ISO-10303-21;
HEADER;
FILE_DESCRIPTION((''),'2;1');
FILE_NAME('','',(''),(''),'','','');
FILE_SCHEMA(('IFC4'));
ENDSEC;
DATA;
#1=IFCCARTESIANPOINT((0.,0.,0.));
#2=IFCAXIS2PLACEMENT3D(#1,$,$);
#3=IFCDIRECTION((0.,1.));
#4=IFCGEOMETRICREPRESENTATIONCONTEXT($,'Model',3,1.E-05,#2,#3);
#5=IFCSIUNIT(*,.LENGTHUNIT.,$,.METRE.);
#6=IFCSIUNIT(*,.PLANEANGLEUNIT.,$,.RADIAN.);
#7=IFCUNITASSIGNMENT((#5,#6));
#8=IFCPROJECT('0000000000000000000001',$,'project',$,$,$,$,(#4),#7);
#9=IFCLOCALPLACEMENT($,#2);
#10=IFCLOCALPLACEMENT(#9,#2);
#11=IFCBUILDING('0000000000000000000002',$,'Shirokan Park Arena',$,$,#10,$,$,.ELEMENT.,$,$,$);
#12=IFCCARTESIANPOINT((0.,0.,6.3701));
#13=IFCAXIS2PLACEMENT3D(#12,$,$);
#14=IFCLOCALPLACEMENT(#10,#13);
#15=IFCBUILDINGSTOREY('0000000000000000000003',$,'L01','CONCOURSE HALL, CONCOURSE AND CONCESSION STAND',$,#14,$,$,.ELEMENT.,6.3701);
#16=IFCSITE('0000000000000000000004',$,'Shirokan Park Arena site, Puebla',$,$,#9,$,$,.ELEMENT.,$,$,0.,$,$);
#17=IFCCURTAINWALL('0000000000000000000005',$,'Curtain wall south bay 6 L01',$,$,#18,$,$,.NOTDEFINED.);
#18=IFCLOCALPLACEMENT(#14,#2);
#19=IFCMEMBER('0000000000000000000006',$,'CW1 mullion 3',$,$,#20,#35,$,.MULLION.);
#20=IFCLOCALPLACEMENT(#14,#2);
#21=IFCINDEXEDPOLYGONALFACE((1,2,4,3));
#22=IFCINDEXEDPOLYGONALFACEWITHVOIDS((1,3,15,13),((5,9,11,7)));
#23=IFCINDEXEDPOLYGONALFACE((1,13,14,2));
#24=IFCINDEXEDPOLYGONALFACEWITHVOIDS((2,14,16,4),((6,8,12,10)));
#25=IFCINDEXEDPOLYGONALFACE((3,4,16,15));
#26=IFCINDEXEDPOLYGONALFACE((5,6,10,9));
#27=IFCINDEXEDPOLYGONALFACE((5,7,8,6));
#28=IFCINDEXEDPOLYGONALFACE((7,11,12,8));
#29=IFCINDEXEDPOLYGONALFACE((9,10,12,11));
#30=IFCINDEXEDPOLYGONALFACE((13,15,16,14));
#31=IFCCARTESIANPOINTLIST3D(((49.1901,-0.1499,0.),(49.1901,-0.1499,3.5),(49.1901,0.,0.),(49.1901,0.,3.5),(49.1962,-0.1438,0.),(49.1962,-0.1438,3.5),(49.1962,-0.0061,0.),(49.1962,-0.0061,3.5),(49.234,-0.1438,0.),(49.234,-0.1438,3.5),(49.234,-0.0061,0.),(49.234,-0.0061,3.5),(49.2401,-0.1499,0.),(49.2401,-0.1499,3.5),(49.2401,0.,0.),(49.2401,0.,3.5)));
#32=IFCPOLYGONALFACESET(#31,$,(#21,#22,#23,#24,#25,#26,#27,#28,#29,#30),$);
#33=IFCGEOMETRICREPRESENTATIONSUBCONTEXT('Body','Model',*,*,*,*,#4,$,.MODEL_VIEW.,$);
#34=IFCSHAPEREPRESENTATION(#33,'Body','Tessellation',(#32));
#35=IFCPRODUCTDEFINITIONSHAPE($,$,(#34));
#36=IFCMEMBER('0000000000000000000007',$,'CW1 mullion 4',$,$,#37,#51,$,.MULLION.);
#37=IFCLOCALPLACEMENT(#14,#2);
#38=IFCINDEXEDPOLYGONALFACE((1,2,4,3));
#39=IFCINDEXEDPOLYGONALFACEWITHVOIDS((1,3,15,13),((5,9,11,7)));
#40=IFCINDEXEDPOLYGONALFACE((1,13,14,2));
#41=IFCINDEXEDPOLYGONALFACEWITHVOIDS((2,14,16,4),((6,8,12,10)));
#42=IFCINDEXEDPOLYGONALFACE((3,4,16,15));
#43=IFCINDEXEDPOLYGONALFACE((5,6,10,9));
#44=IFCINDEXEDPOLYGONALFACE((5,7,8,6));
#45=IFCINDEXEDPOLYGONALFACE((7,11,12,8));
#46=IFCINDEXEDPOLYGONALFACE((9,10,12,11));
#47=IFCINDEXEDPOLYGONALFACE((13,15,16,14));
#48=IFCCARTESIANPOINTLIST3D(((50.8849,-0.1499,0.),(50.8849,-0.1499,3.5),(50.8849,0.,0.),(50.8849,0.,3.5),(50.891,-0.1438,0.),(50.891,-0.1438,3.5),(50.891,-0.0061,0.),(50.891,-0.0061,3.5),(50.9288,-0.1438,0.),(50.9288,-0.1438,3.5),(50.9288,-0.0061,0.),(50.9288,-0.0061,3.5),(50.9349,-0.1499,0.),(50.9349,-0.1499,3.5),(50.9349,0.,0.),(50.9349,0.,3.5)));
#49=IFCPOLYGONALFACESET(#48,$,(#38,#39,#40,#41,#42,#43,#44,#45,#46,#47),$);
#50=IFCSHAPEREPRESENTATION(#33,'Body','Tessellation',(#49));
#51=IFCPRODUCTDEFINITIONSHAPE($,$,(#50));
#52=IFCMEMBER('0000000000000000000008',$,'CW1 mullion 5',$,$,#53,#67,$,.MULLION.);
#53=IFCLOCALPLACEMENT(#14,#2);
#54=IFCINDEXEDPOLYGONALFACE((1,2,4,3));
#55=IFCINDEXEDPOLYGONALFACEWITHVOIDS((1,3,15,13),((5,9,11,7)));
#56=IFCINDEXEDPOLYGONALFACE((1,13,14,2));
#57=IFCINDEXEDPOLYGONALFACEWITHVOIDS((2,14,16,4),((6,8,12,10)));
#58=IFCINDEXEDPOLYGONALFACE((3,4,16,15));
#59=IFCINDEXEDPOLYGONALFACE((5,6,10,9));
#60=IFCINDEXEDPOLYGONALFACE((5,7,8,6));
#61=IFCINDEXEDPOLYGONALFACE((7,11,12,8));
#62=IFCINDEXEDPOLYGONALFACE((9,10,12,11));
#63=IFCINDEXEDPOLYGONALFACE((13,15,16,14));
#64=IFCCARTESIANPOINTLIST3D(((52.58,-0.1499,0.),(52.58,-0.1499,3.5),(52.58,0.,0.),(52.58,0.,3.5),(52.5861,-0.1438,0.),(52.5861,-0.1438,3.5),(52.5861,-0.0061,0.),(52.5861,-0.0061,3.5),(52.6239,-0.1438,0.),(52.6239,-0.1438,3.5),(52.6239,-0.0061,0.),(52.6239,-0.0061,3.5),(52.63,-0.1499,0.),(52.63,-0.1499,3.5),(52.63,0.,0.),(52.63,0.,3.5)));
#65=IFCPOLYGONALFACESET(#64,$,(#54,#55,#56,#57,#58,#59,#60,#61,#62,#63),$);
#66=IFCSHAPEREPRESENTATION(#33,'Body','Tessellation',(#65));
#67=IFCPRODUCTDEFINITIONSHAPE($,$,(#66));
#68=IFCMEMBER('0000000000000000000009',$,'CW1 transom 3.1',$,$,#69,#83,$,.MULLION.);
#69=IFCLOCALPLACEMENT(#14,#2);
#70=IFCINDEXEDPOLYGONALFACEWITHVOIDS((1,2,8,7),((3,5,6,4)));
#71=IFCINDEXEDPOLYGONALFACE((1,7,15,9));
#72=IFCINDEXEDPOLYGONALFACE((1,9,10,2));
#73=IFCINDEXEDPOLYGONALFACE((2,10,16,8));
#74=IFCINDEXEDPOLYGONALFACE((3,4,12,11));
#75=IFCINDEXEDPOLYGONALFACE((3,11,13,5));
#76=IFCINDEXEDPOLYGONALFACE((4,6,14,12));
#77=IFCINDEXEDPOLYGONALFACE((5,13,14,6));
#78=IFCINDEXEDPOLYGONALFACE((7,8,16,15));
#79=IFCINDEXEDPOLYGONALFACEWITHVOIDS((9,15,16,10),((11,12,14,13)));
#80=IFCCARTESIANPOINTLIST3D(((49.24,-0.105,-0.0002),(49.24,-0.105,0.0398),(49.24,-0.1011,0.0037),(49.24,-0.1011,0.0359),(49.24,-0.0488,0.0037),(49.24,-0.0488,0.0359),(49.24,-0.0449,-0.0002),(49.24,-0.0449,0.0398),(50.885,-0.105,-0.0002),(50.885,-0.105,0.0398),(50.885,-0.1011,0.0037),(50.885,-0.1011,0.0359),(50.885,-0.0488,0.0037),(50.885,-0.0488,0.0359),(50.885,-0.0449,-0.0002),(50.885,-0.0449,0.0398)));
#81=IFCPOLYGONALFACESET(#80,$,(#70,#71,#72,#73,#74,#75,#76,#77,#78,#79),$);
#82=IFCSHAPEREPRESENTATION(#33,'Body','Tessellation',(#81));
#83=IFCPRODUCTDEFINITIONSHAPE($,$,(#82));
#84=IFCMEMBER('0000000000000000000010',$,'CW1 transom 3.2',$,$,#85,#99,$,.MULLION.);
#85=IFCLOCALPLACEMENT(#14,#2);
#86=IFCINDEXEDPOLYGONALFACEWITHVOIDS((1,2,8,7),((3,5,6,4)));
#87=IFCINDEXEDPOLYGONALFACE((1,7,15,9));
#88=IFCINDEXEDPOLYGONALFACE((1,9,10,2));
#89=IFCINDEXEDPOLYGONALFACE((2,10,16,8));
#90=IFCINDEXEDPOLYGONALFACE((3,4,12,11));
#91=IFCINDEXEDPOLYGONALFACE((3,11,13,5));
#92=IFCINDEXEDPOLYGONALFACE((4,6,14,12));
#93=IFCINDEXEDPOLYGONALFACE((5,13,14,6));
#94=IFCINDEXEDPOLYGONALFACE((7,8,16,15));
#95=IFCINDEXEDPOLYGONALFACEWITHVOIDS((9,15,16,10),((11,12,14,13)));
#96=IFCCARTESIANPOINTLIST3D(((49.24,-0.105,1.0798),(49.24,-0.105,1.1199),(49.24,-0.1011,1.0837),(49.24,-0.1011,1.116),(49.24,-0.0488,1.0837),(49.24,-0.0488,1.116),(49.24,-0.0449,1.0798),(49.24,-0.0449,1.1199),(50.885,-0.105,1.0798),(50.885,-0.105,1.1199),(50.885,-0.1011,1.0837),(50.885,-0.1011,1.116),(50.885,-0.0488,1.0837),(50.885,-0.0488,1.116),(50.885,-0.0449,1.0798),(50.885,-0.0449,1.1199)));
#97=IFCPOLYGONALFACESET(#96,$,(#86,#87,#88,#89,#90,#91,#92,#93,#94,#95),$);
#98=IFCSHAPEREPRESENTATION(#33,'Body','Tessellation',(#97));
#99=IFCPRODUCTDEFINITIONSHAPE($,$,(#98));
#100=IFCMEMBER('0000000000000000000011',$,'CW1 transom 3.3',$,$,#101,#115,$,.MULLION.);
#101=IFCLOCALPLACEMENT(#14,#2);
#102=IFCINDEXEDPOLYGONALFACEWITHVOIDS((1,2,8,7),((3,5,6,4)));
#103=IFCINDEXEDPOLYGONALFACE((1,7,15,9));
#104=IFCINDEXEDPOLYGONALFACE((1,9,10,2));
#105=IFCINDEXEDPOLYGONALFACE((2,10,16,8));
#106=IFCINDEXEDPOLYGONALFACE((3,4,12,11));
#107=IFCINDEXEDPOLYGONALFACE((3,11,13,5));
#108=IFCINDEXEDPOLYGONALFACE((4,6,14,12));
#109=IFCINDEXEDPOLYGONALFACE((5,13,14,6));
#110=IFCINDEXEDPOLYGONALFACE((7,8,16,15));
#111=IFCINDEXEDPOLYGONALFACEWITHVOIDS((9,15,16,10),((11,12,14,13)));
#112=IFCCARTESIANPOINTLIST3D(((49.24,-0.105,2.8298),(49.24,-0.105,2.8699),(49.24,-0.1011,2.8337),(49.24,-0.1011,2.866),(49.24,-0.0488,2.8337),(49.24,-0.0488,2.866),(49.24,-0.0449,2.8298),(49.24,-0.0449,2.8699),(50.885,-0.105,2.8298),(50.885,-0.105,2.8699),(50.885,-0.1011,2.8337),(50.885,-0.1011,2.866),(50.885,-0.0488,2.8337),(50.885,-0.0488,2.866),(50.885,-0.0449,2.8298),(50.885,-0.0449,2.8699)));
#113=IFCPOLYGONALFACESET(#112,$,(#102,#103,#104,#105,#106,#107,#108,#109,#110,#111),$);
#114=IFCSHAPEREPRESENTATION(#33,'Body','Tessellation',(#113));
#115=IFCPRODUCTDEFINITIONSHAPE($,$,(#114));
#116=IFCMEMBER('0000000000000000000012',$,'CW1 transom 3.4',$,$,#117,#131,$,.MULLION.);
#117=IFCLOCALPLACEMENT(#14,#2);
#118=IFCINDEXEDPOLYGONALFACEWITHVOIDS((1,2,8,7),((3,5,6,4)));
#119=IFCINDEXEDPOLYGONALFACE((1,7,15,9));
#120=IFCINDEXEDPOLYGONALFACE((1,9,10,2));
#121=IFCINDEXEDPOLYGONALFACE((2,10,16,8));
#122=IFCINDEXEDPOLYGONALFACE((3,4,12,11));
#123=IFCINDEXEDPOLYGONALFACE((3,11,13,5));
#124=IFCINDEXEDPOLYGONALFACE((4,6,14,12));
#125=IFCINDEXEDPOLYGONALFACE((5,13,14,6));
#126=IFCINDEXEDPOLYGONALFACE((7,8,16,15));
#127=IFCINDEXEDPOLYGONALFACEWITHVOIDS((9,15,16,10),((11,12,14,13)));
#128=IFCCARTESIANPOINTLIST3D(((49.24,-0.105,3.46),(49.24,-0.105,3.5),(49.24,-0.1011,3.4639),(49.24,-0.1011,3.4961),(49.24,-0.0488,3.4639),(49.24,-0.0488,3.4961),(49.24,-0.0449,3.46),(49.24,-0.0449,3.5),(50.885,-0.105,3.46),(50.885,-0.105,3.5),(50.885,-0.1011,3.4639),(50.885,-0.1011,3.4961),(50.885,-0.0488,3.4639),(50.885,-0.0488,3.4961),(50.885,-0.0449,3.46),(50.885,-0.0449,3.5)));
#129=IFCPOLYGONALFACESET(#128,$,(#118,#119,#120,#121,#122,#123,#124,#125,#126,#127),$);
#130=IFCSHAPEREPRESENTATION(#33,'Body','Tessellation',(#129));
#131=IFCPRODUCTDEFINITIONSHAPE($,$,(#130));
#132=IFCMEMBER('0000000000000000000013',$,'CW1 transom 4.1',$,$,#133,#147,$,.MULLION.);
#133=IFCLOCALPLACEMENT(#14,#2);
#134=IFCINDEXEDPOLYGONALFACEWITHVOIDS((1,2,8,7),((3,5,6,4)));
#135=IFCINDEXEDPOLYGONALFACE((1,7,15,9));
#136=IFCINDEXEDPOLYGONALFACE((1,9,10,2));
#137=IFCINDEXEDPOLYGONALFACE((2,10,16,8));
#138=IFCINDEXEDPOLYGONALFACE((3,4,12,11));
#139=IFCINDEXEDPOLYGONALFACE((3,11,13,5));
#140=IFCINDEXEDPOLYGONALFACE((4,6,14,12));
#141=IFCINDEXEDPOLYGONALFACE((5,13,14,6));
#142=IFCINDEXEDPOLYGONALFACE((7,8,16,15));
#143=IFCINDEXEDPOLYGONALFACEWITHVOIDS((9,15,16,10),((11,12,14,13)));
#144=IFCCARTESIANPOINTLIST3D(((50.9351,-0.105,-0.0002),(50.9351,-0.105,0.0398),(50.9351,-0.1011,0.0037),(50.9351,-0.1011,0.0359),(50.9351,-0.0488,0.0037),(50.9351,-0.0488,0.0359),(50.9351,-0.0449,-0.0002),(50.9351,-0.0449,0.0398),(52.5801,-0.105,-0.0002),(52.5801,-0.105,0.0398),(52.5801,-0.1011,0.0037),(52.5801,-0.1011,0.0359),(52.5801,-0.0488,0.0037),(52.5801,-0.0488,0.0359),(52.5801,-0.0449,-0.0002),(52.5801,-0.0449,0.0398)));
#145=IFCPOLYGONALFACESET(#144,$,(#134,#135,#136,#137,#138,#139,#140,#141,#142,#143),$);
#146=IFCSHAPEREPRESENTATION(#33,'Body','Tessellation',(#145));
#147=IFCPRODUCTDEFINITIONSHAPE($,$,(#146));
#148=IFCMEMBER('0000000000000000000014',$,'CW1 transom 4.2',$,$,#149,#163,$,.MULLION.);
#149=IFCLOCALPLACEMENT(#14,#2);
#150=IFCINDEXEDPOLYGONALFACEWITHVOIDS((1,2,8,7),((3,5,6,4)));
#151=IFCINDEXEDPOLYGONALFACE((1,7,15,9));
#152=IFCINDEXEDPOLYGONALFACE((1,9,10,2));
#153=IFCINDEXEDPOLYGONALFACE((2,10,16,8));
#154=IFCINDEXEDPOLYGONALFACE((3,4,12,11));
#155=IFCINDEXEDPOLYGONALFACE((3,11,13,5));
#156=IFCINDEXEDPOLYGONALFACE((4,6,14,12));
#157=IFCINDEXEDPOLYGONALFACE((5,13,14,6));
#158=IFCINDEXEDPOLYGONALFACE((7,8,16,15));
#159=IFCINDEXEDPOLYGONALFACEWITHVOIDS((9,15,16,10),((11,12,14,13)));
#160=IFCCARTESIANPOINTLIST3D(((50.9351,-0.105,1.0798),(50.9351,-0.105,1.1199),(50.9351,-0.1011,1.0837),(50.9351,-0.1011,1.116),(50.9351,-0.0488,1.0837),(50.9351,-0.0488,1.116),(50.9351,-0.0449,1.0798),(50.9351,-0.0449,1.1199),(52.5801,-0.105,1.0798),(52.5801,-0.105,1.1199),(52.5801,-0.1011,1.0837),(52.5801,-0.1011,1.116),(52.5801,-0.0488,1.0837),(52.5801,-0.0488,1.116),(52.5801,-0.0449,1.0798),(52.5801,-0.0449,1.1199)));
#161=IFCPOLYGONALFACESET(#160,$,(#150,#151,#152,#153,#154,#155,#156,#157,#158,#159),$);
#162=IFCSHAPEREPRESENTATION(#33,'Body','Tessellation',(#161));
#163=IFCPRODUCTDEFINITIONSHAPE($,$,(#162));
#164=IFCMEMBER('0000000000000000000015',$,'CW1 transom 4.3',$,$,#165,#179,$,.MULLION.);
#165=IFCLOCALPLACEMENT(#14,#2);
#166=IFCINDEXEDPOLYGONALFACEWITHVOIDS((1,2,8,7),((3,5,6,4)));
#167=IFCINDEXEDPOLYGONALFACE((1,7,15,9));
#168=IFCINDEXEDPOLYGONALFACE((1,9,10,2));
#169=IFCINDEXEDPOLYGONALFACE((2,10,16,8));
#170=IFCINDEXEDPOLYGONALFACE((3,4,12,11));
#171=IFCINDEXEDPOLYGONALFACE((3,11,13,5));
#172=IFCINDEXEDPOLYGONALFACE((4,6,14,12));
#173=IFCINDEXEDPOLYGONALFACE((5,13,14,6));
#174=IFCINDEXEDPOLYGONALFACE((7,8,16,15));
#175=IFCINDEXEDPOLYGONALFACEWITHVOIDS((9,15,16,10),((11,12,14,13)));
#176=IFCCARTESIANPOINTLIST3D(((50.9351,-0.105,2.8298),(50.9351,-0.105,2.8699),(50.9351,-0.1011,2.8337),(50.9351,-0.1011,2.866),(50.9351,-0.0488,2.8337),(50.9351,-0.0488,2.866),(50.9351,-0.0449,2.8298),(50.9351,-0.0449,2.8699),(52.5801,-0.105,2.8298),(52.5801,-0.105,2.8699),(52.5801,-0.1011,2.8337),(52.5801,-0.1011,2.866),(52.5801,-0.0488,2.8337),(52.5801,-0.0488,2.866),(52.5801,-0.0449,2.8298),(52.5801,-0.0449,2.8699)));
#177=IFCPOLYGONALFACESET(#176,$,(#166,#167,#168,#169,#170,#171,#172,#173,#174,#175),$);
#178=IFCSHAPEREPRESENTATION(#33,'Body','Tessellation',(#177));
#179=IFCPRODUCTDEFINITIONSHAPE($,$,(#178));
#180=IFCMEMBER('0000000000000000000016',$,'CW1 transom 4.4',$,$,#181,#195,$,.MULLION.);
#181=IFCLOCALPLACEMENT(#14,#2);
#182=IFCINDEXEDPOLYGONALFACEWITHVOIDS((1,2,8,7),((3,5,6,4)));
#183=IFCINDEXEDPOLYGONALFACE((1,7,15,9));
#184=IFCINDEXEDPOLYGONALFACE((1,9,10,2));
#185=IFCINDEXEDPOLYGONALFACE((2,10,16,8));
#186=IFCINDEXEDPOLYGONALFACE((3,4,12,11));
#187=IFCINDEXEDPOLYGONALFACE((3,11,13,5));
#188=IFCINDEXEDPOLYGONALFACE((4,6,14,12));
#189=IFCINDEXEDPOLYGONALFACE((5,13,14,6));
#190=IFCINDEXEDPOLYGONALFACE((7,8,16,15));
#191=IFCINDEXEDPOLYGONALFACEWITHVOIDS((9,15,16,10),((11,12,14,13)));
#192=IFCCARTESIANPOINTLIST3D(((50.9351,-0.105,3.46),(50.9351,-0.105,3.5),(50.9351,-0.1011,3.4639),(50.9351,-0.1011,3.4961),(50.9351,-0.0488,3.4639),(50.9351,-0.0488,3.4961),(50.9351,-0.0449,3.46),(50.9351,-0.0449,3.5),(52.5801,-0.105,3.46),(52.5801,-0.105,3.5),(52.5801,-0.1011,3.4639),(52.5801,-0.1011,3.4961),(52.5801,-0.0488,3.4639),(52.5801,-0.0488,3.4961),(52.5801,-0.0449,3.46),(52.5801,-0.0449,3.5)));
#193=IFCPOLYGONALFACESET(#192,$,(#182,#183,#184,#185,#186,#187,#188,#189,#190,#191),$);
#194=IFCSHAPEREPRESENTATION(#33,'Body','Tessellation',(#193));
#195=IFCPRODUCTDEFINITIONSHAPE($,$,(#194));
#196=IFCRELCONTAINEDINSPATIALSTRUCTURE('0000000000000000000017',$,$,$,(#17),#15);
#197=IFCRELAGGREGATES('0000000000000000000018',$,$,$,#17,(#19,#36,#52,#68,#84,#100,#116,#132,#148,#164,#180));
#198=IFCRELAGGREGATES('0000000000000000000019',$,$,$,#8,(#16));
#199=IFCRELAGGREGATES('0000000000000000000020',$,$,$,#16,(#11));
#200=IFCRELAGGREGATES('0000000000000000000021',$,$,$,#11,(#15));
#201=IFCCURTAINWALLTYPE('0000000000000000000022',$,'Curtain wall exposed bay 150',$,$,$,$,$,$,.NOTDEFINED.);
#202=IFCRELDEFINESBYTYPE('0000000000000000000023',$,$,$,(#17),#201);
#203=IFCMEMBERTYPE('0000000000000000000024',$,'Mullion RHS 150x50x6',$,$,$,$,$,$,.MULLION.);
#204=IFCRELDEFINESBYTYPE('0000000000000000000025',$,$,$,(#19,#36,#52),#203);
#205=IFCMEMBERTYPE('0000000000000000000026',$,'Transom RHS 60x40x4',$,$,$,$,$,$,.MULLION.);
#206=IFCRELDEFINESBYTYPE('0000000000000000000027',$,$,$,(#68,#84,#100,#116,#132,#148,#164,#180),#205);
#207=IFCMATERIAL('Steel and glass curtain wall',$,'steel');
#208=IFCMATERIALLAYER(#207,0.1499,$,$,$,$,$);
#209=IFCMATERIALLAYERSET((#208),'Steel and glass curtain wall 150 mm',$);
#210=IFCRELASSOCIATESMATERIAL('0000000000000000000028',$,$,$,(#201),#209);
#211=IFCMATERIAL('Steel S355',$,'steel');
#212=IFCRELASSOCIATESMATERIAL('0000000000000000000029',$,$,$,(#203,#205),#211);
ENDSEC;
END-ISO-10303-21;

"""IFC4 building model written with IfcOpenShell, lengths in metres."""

from ifc_helpers import new_model, si_unit, direction, frame, origin, origin_2d, place, context, subcontext, project, spatial, hollow_rectangle, extrude, material, layer, layer_set, material_profile, profile_set, type_object, element, aggregate, save


model = new_model("IFC4")

# Units and contexts
model_context = context("Model", 3, precision=1e-05, world=origin(), true_north=direction((0.0, 1.0)))
body_context = subcontext(model_context, "Body", "Model", "MODEL_VIEW")
ifc_project = project(units=[si_unit("LENGTHUNIT", "METRE"), si_unit("PLANEANGLEUNIT", "RADIAN")], contexts=[model_context])

# Site, building, storey
site_placement = place(None, origin())
site = spatial("IfcSite", under=ifc_project, at=site_placement, Name="Shirokan Park Arena site, Puebla", CompositionType="ELEMENT", RefElevation=0.0)
building_placement = place(site_placement, origin())
building = spatial("IfcBuilding", under=site, at=building_placement, Name="Shirokan Park Arena", CompositionType="ELEMENT")
storey_placement = place(building_placement, frame((0.0, 0.0, 6.3701)))
storey = spatial("IfcBuildingStorey", under=building, at=storey_placement, Name="L01", Description="CONCOURSE HALL, CONCOURSE AND CONCESSION STAND", CompositionType="ELEMENT", Elevation=6.3701)

# Curtain wall, members
ifc_material_1 = material(Name="Steel and glass curtain wall", Category="steel")
ifc_layer_1 = layer(ifc_material_1, 0.1499)
ifc_layer_set_1 = layer_set([ifc_layer_1], Name="Steel and glass curtain wall 150 mm")
curtain_wall_type = type_object("IfcCurtainWallType", Name="Curtain wall exposed bay 150", PredefinedType="NOTDEFINED", material=ifc_layer_set_1)
curtain_wall_placement = place(storey_placement, origin())
curtain_wall = element("IfcCurtainWall", 1, at=curtain_wall_placement, inside=storey, type_object=curtain_wall_type, Name="Curtain wall south bay 6 L01", PredefinedType="NOTDEFINED")
ifc_material_2 = material(Name="Steel S355", Category="steel")
ifc_material_profile_1 = material_profile(ifc_material_2, hollow_rectangle(XDim=0.1499, YDim=0.05, WallThickness=0.0061, at=origin_2d()), Name="RHS 150x50x6")
ifc_profile_set_1 = profile_set([ifc_material_profile_1], Name="Steel S355")
member_type_1 = type_object("IfcMemberType", Name="Mullion RHS 150x50x6", PredefinedType="MULLION", material=ifc_profile_set_1)
member_1_placement = place(storey_placement, frame((49.2151, -0.075, 0.0), z_axis=(0.0, 0.0, 1.0), x_axis=(0.0, 1.0, 0.0)))
member_1 = element("IfcMember", 2, at=member_1_placement, type_object=member_type_1, Name="CW1 mullion 3", PredefinedType="MULLION", context=body_context, shape_type="SweptSolid", body=[
    extrude(hollow_rectangle(XDim=0.1499, YDim=0.05, WallThickness=0.0061, at=origin_2d()), origin(), (0.0, 0.0, 1.0), 3.5),
])
member_2_placement = place(storey_placement, frame((50.9099, -0.075, 0.0), z_axis=(0.0, 0.0, 1.0), x_axis=(0.0, 1.0, 0.0)))
member_2 = element("IfcMember", 3, at=member_2_placement, type_object=member_type_1, Name="CW1 mullion 4", PredefinedType="MULLION", context=body_context, shape_type="SweptSolid", body=[
    extrude(hollow_rectangle(XDim=0.1499, YDim=0.05, WallThickness=0.0061, at=origin_2d()), origin(), (0.0, 0.0, 1.0), 3.5),
])
member_3_placement = place(storey_placement, frame((52.605, -0.075, 0.0), z_axis=(0.0, 0.0, 1.0), x_axis=(0.0, 1.0, 0.0)))
member_3 = element("IfcMember", 4, at=member_3_placement, type_object=member_type_1, Name="CW1 mullion 5", PredefinedType="MULLION", context=body_context, shape_type="SweptSolid", body=[
    extrude(hollow_rectangle(XDim=0.1499, YDim=0.05, WallThickness=0.0061, at=origin_2d()), origin(), (0.0, 0.0, 1.0), 3.5),
])
ifc_material_profile_2 = material_profile(ifc_material_2, hollow_rectangle(XDim=0.0601, YDim=0.04, WallThickness=0.0039, at=origin_2d()), Name="RHS 60x40x4")
ifc_profile_set_2 = profile_set([ifc_material_profile_2], Name="Steel S355")
member_type_2 = type_object("IfcMemberType", Name="Transom RHS 60x40x4", PredefinedType="MULLION", material=ifc_profile_set_2)
member_4_placement = place(storey_placement, frame((49.24, -0.075, 0.0198), z_axis=(1.0, 0.0, 0.0), x_axis=(0.0, 1.0, 0.0)))
member_4 = element("IfcMember", 5, at=member_4_placement, type_object=member_type_2, Name="CW1 transom 3.1", PredefinedType="MULLION", context=body_context, shape_type="SweptSolid", body=[
    extrude(hollow_rectangle(XDim=0.0601, YDim=0.04, WallThickness=0.0039, at=origin_2d()), origin(), (0.0, 0.0, 1.0), 1.645),
])
member_5_placement = place(storey_placement, frame((49.24, -0.075, 1.0999), z_axis=(1.0, 0.0, 0.0), x_axis=(0.0, 1.0, 0.0)))
member_5 = element("IfcMember", 6, at=member_5_placement, type_object=member_type_2, Name="CW1 transom 3.2", PredefinedType="MULLION", context=body_context, shape_type="SweptSolid", body=[
    extrude(hollow_rectangle(XDim=0.0601, YDim=0.04, WallThickness=0.0039, at=origin_2d()), origin(), (0.0, 0.0, 1.0), 1.645),
])
member_6_placement = place(storey_placement, frame((49.24, -0.075, 2.8499), z_axis=(1.0, 0.0, 0.0), x_axis=(0.0, 1.0, 0.0)))
member_6 = element("IfcMember", 7, at=member_6_placement, type_object=member_type_2, Name="CW1 transom 3.3", PredefinedType="MULLION", context=body_context, shape_type="SweptSolid", body=[
    extrude(hollow_rectangle(XDim=0.0601, YDim=0.04, WallThickness=0.0039, at=origin_2d()), origin(), (0.0, 0.0, 1.0), 1.645),
])
member_7_placement = place(storey_placement, frame((49.24, -0.075, 3.48), z_axis=(1.0, 0.0, 0.0), x_axis=(0.0, 1.0, 0.0)))
member_7 = element("IfcMember", 8, at=member_7_placement, type_object=member_type_2, Name="CW1 transom 3.4", PredefinedType="MULLION", context=body_context, shape_type="SweptSolid", body=[
    extrude(hollow_rectangle(XDim=0.0601, YDim=0.04, WallThickness=0.0039, at=origin_2d()), origin(), (0.0, 0.0, 1.0), 1.645),
])
member_8_placement = place(storey_placement, frame((50.9351, -0.075, 0.0198), z_axis=(1.0, 0.0, 0.0), x_axis=(0.0, 1.0, 0.0)))
member_8 = element("IfcMember", 9, at=member_8_placement, type_object=member_type_2, Name="CW1 transom 4.1", PredefinedType="MULLION", context=body_context, shape_type="SweptSolid", body=[
    extrude(hollow_rectangle(XDim=0.0601, YDim=0.04, WallThickness=0.0039, at=origin_2d()), origin(), (0.0, 0.0, 1.0), 1.645),
])
member_9_placement = place(storey_placement, frame((50.9351, -0.075, 1.0999), z_axis=(1.0, 0.0, 0.0), x_axis=(0.0, 1.0, 0.0)))
member_9 = element("IfcMember", 10, at=member_9_placement, type_object=member_type_2, Name="CW1 transom 4.2", PredefinedType="MULLION", context=body_context, shape_type="SweptSolid", body=[
    extrude(hollow_rectangle(XDim=0.0601, YDim=0.04, WallThickness=0.0039, at=origin_2d()), origin(), (0.0, 0.0, 1.0), 1.645),
])
member_10_placement = place(storey_placement, frame((50.9351, -0.075, 2.8499), z_axis=(1.0, 0.0, 0.0), x_axis=(0.0, 1.0, 0.0)))
member_10 = element("IfcMember", 11, at=member_10_placement, type_object=member_type_2, Name="CW1 transom 4.3", PredefinedType="MULLION", context=body_context, shape_type="SweptSolid", body=[
    extrude(hollow_rectangle(XDim=0.0601, YDim=0.04, WallThickness=0.0039, at=origin_2d()), origin(), (0.0, 0.0, 1.0), 1.645),
])
member_11_placement = place(storey_placement, frame((50.9351, -0.075, 3.48), z_axis=(1.0, 0.0, 0.0), x_axis=(0.0, 1.0, 0.0)))
member_11 = element("IfcMember", 12, at=member_11_placement, type_object=member_type_2, Name="CW1 transom 4.4", PredefinedType="MULLION", context=body_context, shape_type="SweptSolid", body=[
    extrude(hollow_rectangle(XDim=0.0601, YDim=0.04, WallThickness=0.0039, at=origin_2d()), origin(), (0.0, 0.0, 1.0), 1.645),
])
aggregate(curtain_wall, [member_1, member_2, member_3, member_4, member_5, member_6, member_7, member_8, member_9, member_10, member_11])

save(model, "model.ifc")
